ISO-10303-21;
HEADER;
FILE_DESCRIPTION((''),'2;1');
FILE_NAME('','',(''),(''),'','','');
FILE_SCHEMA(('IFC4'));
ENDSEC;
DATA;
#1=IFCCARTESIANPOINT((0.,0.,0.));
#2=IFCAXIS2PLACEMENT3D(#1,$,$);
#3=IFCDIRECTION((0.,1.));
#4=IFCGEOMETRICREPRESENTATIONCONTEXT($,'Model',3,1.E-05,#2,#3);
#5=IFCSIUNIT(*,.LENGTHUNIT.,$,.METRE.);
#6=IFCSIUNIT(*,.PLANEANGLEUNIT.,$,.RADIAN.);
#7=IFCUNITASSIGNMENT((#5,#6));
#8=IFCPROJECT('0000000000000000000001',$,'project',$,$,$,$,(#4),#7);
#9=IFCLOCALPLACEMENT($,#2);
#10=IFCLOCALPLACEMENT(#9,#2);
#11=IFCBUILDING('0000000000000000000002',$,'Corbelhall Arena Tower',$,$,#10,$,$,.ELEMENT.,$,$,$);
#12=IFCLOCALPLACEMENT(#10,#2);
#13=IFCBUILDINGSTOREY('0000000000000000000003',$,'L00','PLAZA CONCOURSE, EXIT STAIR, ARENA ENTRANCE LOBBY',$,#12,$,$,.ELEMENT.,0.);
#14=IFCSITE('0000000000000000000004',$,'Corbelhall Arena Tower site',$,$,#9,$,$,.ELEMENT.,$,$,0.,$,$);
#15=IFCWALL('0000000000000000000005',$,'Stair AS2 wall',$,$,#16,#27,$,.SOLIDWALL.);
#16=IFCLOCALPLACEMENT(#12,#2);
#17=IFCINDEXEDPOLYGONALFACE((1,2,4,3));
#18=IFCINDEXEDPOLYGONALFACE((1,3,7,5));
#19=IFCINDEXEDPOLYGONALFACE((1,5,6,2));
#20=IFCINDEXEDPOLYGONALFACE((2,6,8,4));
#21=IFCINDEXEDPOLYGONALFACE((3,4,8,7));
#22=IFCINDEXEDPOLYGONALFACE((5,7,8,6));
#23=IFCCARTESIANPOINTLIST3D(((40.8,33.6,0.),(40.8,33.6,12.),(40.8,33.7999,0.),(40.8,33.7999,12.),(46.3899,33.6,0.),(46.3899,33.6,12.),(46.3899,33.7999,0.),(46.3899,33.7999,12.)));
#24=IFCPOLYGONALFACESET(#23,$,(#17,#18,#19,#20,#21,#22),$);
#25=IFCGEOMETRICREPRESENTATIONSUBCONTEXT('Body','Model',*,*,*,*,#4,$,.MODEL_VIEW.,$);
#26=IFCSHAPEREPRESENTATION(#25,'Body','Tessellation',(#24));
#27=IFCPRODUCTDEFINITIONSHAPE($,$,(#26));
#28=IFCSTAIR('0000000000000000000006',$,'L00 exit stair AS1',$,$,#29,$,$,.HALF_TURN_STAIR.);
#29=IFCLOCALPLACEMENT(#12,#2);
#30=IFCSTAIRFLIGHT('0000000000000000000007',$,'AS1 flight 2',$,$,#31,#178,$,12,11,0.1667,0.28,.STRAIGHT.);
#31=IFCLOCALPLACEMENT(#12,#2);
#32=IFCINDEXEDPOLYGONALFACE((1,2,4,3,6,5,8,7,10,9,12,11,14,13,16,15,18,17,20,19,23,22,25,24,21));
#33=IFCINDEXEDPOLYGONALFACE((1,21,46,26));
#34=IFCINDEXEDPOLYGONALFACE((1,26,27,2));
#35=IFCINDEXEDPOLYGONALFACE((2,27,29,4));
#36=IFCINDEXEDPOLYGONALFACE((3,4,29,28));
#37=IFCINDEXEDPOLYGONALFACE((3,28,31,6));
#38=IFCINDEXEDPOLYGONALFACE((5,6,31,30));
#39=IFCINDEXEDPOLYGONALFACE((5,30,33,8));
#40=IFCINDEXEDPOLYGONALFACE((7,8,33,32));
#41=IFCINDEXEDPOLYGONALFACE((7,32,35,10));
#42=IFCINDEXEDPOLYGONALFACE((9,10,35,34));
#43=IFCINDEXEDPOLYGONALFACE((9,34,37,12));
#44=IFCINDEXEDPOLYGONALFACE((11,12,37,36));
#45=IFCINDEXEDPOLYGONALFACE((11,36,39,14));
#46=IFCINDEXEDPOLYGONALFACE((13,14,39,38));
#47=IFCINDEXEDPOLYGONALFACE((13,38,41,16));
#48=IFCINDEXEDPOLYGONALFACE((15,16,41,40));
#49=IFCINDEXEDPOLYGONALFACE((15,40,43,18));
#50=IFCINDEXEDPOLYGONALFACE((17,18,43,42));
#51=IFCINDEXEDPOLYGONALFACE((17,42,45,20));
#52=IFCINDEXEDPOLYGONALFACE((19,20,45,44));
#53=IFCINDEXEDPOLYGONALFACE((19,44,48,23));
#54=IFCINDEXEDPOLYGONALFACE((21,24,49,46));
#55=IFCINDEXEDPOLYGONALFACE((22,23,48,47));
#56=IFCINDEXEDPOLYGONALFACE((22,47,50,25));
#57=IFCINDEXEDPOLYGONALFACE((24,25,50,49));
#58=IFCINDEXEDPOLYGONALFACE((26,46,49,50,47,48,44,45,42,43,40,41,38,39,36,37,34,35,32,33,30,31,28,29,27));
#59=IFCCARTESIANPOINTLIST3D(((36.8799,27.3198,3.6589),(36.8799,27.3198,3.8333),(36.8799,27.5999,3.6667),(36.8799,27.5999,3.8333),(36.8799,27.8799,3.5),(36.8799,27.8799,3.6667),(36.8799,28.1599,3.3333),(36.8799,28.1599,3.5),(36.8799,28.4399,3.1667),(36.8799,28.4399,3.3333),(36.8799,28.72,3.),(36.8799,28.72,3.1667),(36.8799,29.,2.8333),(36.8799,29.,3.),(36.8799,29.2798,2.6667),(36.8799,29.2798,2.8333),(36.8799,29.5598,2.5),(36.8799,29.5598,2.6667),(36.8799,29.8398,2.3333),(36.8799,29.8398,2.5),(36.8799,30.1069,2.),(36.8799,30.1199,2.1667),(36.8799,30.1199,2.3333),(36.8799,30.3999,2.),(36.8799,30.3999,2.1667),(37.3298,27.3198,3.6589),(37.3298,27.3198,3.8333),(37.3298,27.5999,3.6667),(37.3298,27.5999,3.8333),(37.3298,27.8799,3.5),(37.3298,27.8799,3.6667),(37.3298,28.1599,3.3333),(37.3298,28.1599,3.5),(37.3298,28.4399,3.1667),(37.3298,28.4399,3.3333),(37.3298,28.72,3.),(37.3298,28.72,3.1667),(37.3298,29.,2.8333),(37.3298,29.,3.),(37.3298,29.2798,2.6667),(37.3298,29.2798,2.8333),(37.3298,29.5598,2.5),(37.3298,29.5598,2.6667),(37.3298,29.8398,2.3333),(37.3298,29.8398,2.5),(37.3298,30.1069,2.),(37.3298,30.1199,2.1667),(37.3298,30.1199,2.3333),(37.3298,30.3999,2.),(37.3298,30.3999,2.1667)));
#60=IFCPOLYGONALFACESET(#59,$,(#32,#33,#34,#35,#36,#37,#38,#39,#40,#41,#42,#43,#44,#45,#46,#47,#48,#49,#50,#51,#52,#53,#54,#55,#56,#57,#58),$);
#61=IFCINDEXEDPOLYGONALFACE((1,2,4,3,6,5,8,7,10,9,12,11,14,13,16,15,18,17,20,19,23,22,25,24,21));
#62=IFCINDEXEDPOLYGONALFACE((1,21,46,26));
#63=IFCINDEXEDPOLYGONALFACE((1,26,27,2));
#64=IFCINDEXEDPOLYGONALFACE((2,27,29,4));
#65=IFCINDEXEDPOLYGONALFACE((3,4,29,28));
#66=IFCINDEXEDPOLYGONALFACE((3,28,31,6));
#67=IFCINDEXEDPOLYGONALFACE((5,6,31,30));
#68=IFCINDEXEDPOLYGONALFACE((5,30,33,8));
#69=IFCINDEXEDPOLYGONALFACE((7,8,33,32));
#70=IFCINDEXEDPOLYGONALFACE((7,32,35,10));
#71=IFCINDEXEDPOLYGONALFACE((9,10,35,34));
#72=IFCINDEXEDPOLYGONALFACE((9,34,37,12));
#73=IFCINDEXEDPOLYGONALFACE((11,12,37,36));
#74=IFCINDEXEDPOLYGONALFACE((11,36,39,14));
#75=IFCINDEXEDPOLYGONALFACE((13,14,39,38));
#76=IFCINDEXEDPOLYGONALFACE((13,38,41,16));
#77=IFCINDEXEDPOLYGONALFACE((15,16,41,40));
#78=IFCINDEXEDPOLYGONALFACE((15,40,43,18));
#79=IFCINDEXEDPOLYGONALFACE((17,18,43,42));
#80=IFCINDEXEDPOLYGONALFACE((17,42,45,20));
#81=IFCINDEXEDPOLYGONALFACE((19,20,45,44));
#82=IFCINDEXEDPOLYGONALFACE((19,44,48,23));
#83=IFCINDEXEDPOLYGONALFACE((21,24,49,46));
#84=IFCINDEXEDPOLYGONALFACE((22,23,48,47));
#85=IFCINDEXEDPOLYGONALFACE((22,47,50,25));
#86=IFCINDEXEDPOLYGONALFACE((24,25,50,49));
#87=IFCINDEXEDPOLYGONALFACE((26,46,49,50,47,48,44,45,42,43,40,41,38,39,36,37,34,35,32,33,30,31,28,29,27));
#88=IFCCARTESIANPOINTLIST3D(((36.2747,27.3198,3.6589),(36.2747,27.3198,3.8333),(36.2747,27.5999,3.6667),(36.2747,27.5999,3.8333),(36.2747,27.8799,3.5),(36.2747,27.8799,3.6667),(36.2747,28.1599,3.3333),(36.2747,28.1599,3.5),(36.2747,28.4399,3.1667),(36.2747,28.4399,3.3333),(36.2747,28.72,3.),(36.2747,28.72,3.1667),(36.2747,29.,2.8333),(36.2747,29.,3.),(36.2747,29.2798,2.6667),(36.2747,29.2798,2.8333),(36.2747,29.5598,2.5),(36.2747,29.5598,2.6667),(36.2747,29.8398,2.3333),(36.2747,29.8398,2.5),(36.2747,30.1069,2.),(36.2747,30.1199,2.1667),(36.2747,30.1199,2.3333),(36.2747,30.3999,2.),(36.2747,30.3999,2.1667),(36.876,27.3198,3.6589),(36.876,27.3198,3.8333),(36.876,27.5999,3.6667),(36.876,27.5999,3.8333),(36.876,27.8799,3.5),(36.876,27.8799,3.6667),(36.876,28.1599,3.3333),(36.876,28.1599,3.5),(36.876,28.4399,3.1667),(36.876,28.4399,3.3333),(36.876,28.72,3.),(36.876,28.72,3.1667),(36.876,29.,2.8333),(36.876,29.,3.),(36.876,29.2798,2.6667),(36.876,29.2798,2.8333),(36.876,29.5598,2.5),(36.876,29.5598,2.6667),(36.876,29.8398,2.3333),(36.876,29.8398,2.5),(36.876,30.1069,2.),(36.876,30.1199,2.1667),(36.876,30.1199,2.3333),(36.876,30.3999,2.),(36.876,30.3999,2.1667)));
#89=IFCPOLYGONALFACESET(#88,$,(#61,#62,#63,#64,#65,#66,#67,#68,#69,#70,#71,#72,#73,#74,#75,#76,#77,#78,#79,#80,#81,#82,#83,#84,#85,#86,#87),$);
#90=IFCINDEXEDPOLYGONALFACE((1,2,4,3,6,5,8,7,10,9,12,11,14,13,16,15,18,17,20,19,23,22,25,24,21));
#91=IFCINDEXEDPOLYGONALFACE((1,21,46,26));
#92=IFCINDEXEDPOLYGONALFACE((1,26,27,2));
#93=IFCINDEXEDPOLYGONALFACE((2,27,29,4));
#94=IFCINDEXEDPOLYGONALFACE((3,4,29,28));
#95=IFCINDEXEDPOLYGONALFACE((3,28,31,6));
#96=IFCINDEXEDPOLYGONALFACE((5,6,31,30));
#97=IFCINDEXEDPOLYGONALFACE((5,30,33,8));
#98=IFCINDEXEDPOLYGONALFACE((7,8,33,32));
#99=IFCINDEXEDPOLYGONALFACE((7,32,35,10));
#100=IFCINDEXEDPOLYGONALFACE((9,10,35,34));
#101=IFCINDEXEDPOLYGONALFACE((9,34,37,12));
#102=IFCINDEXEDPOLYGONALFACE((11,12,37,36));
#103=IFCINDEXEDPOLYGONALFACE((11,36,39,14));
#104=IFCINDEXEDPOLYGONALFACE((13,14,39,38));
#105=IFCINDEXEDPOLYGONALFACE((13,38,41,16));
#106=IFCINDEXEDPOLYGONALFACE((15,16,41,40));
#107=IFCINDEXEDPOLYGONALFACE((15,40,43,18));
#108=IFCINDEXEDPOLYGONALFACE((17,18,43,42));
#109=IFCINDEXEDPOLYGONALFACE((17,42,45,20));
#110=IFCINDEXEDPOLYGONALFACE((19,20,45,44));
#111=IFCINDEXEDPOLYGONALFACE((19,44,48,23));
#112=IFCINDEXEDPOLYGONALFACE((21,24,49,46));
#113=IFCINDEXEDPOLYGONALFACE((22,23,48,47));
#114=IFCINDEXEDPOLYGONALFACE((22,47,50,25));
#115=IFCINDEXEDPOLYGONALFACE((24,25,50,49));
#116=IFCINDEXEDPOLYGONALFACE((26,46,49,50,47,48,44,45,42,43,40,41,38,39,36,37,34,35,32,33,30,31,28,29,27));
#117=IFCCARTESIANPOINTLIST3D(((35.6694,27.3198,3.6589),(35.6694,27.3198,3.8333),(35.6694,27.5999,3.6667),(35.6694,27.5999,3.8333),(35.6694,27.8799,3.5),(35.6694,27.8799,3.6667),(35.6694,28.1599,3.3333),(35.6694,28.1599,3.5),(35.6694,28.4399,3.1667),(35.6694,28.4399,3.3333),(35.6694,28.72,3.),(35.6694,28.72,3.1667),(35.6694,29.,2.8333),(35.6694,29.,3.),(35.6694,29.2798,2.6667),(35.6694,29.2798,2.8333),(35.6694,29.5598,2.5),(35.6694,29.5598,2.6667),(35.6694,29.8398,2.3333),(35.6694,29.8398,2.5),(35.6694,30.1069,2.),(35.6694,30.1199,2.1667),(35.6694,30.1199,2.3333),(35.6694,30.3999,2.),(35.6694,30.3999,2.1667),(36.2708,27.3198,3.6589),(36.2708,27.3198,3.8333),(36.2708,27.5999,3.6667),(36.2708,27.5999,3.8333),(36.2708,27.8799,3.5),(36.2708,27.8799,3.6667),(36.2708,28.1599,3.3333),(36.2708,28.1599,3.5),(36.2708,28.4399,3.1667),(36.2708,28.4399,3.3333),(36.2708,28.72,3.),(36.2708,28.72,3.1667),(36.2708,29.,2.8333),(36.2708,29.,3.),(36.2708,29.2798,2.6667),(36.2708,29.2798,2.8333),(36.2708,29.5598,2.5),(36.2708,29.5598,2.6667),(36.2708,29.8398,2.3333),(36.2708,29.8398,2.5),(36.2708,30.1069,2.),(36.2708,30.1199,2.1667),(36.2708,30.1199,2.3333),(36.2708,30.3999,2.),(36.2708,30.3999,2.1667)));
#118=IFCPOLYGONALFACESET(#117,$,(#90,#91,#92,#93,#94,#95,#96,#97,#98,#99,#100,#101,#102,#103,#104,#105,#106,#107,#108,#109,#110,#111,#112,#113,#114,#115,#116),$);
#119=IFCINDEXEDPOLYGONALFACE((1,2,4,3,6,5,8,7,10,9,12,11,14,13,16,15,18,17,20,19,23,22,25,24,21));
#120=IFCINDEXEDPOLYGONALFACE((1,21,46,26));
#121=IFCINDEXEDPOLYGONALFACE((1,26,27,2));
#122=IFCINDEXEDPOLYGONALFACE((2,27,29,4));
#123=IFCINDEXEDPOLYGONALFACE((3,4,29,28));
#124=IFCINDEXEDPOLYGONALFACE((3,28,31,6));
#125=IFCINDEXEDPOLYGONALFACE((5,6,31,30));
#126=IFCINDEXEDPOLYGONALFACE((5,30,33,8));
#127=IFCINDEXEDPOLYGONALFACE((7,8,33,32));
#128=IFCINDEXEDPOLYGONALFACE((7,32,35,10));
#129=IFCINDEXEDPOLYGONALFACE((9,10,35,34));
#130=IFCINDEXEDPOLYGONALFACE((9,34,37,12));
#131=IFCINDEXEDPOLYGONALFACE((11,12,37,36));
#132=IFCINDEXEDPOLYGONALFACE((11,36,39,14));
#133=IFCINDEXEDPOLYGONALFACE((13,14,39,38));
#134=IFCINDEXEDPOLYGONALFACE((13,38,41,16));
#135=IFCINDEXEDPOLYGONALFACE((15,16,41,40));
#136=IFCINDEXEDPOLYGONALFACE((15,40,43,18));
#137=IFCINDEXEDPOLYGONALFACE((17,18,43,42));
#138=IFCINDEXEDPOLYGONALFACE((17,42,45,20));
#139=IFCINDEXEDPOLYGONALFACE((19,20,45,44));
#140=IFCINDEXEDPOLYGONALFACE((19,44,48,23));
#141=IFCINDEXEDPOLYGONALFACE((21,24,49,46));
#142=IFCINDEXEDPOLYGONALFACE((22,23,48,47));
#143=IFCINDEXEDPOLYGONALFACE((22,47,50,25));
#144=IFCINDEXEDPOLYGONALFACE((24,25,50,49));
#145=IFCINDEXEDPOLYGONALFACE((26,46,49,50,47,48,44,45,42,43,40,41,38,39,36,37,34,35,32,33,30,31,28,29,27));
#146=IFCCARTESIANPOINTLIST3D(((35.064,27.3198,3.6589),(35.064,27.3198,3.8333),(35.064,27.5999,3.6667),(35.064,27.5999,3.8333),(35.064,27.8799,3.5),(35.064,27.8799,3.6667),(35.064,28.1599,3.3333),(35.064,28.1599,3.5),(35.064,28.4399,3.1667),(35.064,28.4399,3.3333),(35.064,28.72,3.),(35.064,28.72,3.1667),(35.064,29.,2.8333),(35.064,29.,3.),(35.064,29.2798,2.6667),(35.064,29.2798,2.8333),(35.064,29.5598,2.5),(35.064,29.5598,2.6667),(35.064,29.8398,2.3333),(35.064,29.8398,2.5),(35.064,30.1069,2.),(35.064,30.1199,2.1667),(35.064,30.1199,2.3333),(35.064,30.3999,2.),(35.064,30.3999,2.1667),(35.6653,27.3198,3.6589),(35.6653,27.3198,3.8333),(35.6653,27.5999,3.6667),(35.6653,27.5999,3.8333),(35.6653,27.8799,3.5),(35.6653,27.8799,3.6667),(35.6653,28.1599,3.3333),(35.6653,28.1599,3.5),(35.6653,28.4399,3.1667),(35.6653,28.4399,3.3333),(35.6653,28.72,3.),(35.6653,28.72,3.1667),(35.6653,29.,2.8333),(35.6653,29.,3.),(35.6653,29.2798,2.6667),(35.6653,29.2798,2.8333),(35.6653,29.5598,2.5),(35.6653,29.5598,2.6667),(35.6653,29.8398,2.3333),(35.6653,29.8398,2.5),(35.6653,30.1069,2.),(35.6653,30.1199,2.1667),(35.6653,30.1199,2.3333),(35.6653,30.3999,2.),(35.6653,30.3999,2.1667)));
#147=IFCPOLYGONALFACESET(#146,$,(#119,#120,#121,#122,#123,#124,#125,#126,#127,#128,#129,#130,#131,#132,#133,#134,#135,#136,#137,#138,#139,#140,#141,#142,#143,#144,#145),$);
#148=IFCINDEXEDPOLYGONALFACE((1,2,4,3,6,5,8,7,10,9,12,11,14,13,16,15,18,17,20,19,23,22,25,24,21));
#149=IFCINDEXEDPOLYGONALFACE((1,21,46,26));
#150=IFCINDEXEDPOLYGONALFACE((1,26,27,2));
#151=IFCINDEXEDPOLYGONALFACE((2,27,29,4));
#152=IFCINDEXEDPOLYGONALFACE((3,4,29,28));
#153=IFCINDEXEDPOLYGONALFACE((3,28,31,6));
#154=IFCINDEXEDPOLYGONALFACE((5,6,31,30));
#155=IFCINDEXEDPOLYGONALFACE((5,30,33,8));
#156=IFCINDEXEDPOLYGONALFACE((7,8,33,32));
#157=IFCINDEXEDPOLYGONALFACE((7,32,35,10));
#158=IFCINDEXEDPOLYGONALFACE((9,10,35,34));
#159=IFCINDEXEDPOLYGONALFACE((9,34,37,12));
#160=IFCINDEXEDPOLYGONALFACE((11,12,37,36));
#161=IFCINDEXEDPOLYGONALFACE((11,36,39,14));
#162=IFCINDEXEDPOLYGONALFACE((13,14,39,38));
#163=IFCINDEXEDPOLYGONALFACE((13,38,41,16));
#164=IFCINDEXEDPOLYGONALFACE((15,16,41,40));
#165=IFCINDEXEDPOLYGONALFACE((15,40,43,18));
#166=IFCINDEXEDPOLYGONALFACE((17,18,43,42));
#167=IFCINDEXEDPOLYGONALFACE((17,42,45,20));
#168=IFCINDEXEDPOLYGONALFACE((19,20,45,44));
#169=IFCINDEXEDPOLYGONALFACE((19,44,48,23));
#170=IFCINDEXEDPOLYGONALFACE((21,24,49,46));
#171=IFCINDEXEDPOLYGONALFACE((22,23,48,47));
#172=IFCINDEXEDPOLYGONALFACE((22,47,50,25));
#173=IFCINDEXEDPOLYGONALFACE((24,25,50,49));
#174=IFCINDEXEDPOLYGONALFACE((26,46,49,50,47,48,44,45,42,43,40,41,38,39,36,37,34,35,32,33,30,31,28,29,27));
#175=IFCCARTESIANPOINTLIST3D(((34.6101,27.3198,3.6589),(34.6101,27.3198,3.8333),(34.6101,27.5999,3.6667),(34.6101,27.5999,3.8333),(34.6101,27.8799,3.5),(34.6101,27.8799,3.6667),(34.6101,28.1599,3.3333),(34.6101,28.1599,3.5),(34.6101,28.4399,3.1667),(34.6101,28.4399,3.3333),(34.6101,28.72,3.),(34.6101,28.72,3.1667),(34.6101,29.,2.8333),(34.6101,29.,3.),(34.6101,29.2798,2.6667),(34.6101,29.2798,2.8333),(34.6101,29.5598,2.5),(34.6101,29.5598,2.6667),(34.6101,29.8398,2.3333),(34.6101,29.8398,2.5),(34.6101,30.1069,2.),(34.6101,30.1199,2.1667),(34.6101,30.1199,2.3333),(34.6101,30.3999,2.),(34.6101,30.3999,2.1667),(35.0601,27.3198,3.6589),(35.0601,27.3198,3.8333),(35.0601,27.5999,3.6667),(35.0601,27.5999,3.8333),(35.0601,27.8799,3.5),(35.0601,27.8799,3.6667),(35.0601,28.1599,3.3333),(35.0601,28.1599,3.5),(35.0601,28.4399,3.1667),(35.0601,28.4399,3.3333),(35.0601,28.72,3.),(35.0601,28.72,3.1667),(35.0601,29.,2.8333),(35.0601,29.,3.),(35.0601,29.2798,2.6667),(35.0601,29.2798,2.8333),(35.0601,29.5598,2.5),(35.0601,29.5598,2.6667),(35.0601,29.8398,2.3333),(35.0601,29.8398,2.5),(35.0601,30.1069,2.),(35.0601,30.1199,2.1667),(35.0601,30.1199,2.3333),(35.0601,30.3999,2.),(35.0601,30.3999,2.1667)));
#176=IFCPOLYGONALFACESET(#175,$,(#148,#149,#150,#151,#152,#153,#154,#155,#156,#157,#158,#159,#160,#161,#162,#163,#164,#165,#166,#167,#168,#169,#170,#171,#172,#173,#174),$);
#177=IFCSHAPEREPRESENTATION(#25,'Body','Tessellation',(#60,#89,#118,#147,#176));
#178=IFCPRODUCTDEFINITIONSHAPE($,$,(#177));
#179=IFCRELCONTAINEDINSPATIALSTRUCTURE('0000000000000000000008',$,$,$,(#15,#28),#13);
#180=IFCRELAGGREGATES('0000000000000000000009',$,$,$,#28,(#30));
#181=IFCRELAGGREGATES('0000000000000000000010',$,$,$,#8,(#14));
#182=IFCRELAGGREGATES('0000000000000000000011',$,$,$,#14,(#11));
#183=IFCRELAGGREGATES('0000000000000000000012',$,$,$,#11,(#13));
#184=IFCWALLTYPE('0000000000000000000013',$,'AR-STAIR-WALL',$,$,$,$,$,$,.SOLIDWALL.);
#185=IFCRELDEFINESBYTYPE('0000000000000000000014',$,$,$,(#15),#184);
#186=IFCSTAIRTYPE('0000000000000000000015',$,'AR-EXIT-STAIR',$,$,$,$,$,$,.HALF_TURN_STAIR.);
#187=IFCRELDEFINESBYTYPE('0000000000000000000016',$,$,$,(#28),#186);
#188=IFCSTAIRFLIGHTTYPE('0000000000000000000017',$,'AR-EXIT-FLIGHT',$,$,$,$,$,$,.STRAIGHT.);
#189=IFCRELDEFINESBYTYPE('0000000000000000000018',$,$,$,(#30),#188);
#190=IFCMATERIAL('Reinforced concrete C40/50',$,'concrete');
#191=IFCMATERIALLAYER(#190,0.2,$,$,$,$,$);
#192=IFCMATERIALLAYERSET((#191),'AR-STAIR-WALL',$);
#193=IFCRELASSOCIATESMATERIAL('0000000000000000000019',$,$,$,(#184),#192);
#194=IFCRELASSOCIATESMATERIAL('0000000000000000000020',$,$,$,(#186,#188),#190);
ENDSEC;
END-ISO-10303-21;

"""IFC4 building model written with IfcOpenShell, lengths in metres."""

from ifc_helpers import new_model, si_unit, direction, frame, frame_2d, origin, place, context, subcontext, project, spatial, polyline, rectangle, outline, extrude, material, layer, layer_set, type_object, element, aggregate, save


model = new_model("IFC4")

# Units and contexts
model_context = context("Model", 3, precision=1e-05, world=origin(), true_north=direction((0.0, 1.0)))
body_context = subcontext(model_context, "Body", "Model", "MODEL_VIEW")
ifc_project = project(units=[si_unit("LENGTHUNIT", "METRE"), si_unit("PLANEANGLEUNIT", "RADIAN")], contexts=[model_context])

# Site, building, storey
site_placement = place(None, origin())
site = spatial("IfcSite", under=ifc_project, at=site_placement, Name="Corbelhall Arena Tower site", CompositionType="ELEMENT", RefElevation=0.0)
building_placement = place(site_placement, origin())
building = spatial("IfcBuilding", under=site, at=building_placement, Name="Corbelhall Arena Tower", CompositionType="ELEMENT")
storey_placement = place(building_placement, origin())
storey = spatial("IfcBuildingStorey", under=building, at=storey_placement, Name="L00", Description="PLAZA CONCOURSE, EXIT STAIR, ARENA ENTRANCE LOBBY", CompositionType="ELEMENT", Elevation=0.0)

# Shared definitions
ifc_material_1 = material(Name="Reinforced concrete C40/50", Category="concrete")

# Wall
ifc_layer_1 = layer(ifc_material_1, 0.2)
ifc_layer_set_1 = layer_set([ifc_layer_1], Name="AR-STAIR-WALL")
wall_type_1 = type_object("IfcWallType", Name="AR-STAIR-WALL", PredefinedType="SOLIDWALL", material=ifc_layer_set_1)
for number, where, z_axis, x_axis, name in (
    (1, (40.8, 33.7, 0.0), (0.0, 0.0, 1.0), (1.0, 0.0, 0.0), "Stair AS2 wall"),
):
    element("IfcWall", number, at=place(storey_placement, frame(where, z_axis=z_axis, x_axis=x_axis)), inside=storey, type_object=wall_type_1, Name=name, PredefinedType="SOLIDWALL", context=body_context, shape_type="SweptSolid", body=[
        extrude(rectangle(XDim=5.5898, YDim=0.2, at=frame_2d((2.7949, 0.0))), origin(), (0.0, 0.0, 1.0), 12.0),
    ])

# Stair, stair flight
stair_type = type_object("IfcStairType", Name="AR-EXIT-STAIR", PredefinedType="HALF_TURN_STAIR", material=ifc_material_1)
stair_1_placement = place(storey_placement, origin())
stair_1 = element("IfcStair", 2, at=stair_1_placement, inside=storey, type_object=stair_type, Name="L00 exit stair AS1", PredefinedType="HALF_TURN_STAIR")
stair_flight_type = type_object("IfcStairFlightType", Name="AR-EXIT-FLIGHT", PredefinedType="STRAIGHT", material=ifc_material_1)
stair_flight_1_placement = place(storey_placement, frame((35.97, 30.3999, 2.0), z_axis=(0.0, 0.0, 1.0), x_axis=(0.0, -1.0, 0.0)))
stair_flight_1 = element("IfcStairFlight", 3, at=stair_flight_1_placement, type_object=stair_flight_type, Name="AS1 flight 2", NumberOfRisers=12, NumberOfTreads=11, PredefinedType="STRAIGHT", RiserHeight=0.1667, TreadLength=0.28, context=body_context, shape_type="SweptSolid", body=[
    extrude(outline(polyline([(0.0, 0.0), (0.0, 0.1667), (0.28, 0.1667), (0.28, 0.3333), (0.5601, 0.3333), (0.5601, 0.5), (0.8401, 0.5), (0.8401, 0.6667), (1.1201, 0.6667), (1.1201, 0.8333), (1.3999, 0.8333), (1.3999, 1.0), (1.6799, 1.0), (1.6799, 1.1667), (1.96, 1.1667), (1.96, 1.3333), (2.24, 1.3333), (2.24, 1.5), (2.52, 1.5), (2.52, 1.6667), (2.8, 1.6667), (2.8, 1.8333), (3.0801, 1.8333), (3.0801, 2.0), (3.0801, 1.6589), (0.293, 0.0), (0.0, 0.0)])), frame((0.0, 1.3599, 0.0), z_axis=(0.0, -1.0, 0.0), x_axis=(1.0, 0.0, 0.0)), (0.0, 0.0, 1.0), 0.45),
    extrude(outline(polyline([(0.0, 0.0), (0.0, 0.1667), (0.28, 0.1667), (0.28, 0.3333), (0.5601, 0.3333), (0.5601, 0.5), (0.8401, 0.5), (0.8401, 0.6667), (1.1201, 0.6667), (1.1201, 0.8333), (1.3999, 0.8333), (1.3999, 1.0), (1.6799, 1.0), (1.6799, 1.1667), (1.96, 1.1667), (1.96, 1.3333), (2.24, 1.3333), (2.24, 1.5), (2.52, 1.5), (2.52, 1.6667), (2.8, 1.6667), (2.8, 1.8333), (3.0801, 1.8333), (3.0801, 2.0), (3.0801, 1.6589), (0.293, 0.0), (0.0, 0.0)])), frame((0.0, 0.906, 0.0), z_axis=(0.0, -1.0, 0.0), x_axis=(1.0, 0.0, 0.0)), (0.0, 0.0, 1.0), 0.6013),
    extrude(outline(polyline([(0.0, 0.0), (0.0, 0.1667), (0.28, 0.1667), (0.28, 0.3333), (0.5601, 0.3333), (0.5601, 0.5), (0.8401, 0.5), (0.8401, 0.6667), (1.1201, 0.6667), (1.1201, 0.8333), (1.3999, 0.8333), (1.3999, 1.0), (1.6799, 1.0), (1.6799, 1.1667), (1.96, 1.1667), (1.96, 1.3333), (2.24, 1.3333), (2.24, 1.5), (2.52, 1.5), (2.52, 1.6667), (2.8, 1.6667), (2.8, 1.8333), (3.0801, 1.8333), (3.0801, 2.0), (3.0801, 1.6589), (0.293, 0.0), (0.0, 0.0)])), frame((0.0, 0.3008, 0.0), z_axis=(0.0, -1.0, 0.0), x_axis=(1.0, 0.0, 0.0)), (0.0, 0.0, 1.0), 0.6013),
    extrude(outline(polyline([(0.0, 0.0), (0.0, 0.1667), (0.28, 0.1667), (0.28, 0.3333), (0.5601, 0.3333), (0.5601, 0.5), (0.8401, 0.5), (0.8401, 0.6667), (1.1201, 0.6667), (1.1201, 0.8333), (1.3999, 0.8333), (1.3999, 1.0), (1.6799, 1.0), (1.6799, 1.1667), (1.96, 1.1667), (1.96, 1.3333), (2.24, 1.3333), (2.24, 1.5), (2.52, 1.5), (2.52, 1.6667), (2.8, 1.6667), (2.8, 1.8333), (3.0801, 1.8333), (3.0801, 2.0), (3.0801, 1.6589), (0.293, 0.0), (0.0, 0.0)])), frame((0.0, -0.3047, 0.0), z_axis=(0.0, -1.0, 0.0), x_axis=(1.0, 0.0, 0.0)), (0.0, 0.0, 1.0), 0.6013),
    extrude(outline(polyline([(0.0, 0.0), (0.0, 0.1667), (0.28, 0.1667), (0.28, 0.3333), (0.5601, 0.3333), (0.5601, 0.5), (0.8401, 0.5), (0.8401, 0.6667), (1.1201, 0.6667), (1.1201, 0.8333), (1.3999, 0.8333), (1.3999, 1.0), (1.6799, 1.0), (1.6799, 1.1667), (1.96, 1.1667), (1.96, 1.3333), (2.24, 1.3333), (2.24, 1.5), (2.52, 1.5), (2.52, 1.6667), (2.8, 1.6667), (2.8, 1.8333), (3.0801, 1.8333), (3.0801, 2.0), (3.0801, 1.6589), (0.293, 0.0), (0.0, 0.0)])), frame((0.0, -0.9099, 0.0), z_axis=(0.0, -1.0, 0.0), x_axis=(1.0, 0.0, 0.0)), (0.0, 0.0, 1.0), 0.45),
])
aggregate(stair_1, [stair_flight_1])

save(model, "model.ifc")
